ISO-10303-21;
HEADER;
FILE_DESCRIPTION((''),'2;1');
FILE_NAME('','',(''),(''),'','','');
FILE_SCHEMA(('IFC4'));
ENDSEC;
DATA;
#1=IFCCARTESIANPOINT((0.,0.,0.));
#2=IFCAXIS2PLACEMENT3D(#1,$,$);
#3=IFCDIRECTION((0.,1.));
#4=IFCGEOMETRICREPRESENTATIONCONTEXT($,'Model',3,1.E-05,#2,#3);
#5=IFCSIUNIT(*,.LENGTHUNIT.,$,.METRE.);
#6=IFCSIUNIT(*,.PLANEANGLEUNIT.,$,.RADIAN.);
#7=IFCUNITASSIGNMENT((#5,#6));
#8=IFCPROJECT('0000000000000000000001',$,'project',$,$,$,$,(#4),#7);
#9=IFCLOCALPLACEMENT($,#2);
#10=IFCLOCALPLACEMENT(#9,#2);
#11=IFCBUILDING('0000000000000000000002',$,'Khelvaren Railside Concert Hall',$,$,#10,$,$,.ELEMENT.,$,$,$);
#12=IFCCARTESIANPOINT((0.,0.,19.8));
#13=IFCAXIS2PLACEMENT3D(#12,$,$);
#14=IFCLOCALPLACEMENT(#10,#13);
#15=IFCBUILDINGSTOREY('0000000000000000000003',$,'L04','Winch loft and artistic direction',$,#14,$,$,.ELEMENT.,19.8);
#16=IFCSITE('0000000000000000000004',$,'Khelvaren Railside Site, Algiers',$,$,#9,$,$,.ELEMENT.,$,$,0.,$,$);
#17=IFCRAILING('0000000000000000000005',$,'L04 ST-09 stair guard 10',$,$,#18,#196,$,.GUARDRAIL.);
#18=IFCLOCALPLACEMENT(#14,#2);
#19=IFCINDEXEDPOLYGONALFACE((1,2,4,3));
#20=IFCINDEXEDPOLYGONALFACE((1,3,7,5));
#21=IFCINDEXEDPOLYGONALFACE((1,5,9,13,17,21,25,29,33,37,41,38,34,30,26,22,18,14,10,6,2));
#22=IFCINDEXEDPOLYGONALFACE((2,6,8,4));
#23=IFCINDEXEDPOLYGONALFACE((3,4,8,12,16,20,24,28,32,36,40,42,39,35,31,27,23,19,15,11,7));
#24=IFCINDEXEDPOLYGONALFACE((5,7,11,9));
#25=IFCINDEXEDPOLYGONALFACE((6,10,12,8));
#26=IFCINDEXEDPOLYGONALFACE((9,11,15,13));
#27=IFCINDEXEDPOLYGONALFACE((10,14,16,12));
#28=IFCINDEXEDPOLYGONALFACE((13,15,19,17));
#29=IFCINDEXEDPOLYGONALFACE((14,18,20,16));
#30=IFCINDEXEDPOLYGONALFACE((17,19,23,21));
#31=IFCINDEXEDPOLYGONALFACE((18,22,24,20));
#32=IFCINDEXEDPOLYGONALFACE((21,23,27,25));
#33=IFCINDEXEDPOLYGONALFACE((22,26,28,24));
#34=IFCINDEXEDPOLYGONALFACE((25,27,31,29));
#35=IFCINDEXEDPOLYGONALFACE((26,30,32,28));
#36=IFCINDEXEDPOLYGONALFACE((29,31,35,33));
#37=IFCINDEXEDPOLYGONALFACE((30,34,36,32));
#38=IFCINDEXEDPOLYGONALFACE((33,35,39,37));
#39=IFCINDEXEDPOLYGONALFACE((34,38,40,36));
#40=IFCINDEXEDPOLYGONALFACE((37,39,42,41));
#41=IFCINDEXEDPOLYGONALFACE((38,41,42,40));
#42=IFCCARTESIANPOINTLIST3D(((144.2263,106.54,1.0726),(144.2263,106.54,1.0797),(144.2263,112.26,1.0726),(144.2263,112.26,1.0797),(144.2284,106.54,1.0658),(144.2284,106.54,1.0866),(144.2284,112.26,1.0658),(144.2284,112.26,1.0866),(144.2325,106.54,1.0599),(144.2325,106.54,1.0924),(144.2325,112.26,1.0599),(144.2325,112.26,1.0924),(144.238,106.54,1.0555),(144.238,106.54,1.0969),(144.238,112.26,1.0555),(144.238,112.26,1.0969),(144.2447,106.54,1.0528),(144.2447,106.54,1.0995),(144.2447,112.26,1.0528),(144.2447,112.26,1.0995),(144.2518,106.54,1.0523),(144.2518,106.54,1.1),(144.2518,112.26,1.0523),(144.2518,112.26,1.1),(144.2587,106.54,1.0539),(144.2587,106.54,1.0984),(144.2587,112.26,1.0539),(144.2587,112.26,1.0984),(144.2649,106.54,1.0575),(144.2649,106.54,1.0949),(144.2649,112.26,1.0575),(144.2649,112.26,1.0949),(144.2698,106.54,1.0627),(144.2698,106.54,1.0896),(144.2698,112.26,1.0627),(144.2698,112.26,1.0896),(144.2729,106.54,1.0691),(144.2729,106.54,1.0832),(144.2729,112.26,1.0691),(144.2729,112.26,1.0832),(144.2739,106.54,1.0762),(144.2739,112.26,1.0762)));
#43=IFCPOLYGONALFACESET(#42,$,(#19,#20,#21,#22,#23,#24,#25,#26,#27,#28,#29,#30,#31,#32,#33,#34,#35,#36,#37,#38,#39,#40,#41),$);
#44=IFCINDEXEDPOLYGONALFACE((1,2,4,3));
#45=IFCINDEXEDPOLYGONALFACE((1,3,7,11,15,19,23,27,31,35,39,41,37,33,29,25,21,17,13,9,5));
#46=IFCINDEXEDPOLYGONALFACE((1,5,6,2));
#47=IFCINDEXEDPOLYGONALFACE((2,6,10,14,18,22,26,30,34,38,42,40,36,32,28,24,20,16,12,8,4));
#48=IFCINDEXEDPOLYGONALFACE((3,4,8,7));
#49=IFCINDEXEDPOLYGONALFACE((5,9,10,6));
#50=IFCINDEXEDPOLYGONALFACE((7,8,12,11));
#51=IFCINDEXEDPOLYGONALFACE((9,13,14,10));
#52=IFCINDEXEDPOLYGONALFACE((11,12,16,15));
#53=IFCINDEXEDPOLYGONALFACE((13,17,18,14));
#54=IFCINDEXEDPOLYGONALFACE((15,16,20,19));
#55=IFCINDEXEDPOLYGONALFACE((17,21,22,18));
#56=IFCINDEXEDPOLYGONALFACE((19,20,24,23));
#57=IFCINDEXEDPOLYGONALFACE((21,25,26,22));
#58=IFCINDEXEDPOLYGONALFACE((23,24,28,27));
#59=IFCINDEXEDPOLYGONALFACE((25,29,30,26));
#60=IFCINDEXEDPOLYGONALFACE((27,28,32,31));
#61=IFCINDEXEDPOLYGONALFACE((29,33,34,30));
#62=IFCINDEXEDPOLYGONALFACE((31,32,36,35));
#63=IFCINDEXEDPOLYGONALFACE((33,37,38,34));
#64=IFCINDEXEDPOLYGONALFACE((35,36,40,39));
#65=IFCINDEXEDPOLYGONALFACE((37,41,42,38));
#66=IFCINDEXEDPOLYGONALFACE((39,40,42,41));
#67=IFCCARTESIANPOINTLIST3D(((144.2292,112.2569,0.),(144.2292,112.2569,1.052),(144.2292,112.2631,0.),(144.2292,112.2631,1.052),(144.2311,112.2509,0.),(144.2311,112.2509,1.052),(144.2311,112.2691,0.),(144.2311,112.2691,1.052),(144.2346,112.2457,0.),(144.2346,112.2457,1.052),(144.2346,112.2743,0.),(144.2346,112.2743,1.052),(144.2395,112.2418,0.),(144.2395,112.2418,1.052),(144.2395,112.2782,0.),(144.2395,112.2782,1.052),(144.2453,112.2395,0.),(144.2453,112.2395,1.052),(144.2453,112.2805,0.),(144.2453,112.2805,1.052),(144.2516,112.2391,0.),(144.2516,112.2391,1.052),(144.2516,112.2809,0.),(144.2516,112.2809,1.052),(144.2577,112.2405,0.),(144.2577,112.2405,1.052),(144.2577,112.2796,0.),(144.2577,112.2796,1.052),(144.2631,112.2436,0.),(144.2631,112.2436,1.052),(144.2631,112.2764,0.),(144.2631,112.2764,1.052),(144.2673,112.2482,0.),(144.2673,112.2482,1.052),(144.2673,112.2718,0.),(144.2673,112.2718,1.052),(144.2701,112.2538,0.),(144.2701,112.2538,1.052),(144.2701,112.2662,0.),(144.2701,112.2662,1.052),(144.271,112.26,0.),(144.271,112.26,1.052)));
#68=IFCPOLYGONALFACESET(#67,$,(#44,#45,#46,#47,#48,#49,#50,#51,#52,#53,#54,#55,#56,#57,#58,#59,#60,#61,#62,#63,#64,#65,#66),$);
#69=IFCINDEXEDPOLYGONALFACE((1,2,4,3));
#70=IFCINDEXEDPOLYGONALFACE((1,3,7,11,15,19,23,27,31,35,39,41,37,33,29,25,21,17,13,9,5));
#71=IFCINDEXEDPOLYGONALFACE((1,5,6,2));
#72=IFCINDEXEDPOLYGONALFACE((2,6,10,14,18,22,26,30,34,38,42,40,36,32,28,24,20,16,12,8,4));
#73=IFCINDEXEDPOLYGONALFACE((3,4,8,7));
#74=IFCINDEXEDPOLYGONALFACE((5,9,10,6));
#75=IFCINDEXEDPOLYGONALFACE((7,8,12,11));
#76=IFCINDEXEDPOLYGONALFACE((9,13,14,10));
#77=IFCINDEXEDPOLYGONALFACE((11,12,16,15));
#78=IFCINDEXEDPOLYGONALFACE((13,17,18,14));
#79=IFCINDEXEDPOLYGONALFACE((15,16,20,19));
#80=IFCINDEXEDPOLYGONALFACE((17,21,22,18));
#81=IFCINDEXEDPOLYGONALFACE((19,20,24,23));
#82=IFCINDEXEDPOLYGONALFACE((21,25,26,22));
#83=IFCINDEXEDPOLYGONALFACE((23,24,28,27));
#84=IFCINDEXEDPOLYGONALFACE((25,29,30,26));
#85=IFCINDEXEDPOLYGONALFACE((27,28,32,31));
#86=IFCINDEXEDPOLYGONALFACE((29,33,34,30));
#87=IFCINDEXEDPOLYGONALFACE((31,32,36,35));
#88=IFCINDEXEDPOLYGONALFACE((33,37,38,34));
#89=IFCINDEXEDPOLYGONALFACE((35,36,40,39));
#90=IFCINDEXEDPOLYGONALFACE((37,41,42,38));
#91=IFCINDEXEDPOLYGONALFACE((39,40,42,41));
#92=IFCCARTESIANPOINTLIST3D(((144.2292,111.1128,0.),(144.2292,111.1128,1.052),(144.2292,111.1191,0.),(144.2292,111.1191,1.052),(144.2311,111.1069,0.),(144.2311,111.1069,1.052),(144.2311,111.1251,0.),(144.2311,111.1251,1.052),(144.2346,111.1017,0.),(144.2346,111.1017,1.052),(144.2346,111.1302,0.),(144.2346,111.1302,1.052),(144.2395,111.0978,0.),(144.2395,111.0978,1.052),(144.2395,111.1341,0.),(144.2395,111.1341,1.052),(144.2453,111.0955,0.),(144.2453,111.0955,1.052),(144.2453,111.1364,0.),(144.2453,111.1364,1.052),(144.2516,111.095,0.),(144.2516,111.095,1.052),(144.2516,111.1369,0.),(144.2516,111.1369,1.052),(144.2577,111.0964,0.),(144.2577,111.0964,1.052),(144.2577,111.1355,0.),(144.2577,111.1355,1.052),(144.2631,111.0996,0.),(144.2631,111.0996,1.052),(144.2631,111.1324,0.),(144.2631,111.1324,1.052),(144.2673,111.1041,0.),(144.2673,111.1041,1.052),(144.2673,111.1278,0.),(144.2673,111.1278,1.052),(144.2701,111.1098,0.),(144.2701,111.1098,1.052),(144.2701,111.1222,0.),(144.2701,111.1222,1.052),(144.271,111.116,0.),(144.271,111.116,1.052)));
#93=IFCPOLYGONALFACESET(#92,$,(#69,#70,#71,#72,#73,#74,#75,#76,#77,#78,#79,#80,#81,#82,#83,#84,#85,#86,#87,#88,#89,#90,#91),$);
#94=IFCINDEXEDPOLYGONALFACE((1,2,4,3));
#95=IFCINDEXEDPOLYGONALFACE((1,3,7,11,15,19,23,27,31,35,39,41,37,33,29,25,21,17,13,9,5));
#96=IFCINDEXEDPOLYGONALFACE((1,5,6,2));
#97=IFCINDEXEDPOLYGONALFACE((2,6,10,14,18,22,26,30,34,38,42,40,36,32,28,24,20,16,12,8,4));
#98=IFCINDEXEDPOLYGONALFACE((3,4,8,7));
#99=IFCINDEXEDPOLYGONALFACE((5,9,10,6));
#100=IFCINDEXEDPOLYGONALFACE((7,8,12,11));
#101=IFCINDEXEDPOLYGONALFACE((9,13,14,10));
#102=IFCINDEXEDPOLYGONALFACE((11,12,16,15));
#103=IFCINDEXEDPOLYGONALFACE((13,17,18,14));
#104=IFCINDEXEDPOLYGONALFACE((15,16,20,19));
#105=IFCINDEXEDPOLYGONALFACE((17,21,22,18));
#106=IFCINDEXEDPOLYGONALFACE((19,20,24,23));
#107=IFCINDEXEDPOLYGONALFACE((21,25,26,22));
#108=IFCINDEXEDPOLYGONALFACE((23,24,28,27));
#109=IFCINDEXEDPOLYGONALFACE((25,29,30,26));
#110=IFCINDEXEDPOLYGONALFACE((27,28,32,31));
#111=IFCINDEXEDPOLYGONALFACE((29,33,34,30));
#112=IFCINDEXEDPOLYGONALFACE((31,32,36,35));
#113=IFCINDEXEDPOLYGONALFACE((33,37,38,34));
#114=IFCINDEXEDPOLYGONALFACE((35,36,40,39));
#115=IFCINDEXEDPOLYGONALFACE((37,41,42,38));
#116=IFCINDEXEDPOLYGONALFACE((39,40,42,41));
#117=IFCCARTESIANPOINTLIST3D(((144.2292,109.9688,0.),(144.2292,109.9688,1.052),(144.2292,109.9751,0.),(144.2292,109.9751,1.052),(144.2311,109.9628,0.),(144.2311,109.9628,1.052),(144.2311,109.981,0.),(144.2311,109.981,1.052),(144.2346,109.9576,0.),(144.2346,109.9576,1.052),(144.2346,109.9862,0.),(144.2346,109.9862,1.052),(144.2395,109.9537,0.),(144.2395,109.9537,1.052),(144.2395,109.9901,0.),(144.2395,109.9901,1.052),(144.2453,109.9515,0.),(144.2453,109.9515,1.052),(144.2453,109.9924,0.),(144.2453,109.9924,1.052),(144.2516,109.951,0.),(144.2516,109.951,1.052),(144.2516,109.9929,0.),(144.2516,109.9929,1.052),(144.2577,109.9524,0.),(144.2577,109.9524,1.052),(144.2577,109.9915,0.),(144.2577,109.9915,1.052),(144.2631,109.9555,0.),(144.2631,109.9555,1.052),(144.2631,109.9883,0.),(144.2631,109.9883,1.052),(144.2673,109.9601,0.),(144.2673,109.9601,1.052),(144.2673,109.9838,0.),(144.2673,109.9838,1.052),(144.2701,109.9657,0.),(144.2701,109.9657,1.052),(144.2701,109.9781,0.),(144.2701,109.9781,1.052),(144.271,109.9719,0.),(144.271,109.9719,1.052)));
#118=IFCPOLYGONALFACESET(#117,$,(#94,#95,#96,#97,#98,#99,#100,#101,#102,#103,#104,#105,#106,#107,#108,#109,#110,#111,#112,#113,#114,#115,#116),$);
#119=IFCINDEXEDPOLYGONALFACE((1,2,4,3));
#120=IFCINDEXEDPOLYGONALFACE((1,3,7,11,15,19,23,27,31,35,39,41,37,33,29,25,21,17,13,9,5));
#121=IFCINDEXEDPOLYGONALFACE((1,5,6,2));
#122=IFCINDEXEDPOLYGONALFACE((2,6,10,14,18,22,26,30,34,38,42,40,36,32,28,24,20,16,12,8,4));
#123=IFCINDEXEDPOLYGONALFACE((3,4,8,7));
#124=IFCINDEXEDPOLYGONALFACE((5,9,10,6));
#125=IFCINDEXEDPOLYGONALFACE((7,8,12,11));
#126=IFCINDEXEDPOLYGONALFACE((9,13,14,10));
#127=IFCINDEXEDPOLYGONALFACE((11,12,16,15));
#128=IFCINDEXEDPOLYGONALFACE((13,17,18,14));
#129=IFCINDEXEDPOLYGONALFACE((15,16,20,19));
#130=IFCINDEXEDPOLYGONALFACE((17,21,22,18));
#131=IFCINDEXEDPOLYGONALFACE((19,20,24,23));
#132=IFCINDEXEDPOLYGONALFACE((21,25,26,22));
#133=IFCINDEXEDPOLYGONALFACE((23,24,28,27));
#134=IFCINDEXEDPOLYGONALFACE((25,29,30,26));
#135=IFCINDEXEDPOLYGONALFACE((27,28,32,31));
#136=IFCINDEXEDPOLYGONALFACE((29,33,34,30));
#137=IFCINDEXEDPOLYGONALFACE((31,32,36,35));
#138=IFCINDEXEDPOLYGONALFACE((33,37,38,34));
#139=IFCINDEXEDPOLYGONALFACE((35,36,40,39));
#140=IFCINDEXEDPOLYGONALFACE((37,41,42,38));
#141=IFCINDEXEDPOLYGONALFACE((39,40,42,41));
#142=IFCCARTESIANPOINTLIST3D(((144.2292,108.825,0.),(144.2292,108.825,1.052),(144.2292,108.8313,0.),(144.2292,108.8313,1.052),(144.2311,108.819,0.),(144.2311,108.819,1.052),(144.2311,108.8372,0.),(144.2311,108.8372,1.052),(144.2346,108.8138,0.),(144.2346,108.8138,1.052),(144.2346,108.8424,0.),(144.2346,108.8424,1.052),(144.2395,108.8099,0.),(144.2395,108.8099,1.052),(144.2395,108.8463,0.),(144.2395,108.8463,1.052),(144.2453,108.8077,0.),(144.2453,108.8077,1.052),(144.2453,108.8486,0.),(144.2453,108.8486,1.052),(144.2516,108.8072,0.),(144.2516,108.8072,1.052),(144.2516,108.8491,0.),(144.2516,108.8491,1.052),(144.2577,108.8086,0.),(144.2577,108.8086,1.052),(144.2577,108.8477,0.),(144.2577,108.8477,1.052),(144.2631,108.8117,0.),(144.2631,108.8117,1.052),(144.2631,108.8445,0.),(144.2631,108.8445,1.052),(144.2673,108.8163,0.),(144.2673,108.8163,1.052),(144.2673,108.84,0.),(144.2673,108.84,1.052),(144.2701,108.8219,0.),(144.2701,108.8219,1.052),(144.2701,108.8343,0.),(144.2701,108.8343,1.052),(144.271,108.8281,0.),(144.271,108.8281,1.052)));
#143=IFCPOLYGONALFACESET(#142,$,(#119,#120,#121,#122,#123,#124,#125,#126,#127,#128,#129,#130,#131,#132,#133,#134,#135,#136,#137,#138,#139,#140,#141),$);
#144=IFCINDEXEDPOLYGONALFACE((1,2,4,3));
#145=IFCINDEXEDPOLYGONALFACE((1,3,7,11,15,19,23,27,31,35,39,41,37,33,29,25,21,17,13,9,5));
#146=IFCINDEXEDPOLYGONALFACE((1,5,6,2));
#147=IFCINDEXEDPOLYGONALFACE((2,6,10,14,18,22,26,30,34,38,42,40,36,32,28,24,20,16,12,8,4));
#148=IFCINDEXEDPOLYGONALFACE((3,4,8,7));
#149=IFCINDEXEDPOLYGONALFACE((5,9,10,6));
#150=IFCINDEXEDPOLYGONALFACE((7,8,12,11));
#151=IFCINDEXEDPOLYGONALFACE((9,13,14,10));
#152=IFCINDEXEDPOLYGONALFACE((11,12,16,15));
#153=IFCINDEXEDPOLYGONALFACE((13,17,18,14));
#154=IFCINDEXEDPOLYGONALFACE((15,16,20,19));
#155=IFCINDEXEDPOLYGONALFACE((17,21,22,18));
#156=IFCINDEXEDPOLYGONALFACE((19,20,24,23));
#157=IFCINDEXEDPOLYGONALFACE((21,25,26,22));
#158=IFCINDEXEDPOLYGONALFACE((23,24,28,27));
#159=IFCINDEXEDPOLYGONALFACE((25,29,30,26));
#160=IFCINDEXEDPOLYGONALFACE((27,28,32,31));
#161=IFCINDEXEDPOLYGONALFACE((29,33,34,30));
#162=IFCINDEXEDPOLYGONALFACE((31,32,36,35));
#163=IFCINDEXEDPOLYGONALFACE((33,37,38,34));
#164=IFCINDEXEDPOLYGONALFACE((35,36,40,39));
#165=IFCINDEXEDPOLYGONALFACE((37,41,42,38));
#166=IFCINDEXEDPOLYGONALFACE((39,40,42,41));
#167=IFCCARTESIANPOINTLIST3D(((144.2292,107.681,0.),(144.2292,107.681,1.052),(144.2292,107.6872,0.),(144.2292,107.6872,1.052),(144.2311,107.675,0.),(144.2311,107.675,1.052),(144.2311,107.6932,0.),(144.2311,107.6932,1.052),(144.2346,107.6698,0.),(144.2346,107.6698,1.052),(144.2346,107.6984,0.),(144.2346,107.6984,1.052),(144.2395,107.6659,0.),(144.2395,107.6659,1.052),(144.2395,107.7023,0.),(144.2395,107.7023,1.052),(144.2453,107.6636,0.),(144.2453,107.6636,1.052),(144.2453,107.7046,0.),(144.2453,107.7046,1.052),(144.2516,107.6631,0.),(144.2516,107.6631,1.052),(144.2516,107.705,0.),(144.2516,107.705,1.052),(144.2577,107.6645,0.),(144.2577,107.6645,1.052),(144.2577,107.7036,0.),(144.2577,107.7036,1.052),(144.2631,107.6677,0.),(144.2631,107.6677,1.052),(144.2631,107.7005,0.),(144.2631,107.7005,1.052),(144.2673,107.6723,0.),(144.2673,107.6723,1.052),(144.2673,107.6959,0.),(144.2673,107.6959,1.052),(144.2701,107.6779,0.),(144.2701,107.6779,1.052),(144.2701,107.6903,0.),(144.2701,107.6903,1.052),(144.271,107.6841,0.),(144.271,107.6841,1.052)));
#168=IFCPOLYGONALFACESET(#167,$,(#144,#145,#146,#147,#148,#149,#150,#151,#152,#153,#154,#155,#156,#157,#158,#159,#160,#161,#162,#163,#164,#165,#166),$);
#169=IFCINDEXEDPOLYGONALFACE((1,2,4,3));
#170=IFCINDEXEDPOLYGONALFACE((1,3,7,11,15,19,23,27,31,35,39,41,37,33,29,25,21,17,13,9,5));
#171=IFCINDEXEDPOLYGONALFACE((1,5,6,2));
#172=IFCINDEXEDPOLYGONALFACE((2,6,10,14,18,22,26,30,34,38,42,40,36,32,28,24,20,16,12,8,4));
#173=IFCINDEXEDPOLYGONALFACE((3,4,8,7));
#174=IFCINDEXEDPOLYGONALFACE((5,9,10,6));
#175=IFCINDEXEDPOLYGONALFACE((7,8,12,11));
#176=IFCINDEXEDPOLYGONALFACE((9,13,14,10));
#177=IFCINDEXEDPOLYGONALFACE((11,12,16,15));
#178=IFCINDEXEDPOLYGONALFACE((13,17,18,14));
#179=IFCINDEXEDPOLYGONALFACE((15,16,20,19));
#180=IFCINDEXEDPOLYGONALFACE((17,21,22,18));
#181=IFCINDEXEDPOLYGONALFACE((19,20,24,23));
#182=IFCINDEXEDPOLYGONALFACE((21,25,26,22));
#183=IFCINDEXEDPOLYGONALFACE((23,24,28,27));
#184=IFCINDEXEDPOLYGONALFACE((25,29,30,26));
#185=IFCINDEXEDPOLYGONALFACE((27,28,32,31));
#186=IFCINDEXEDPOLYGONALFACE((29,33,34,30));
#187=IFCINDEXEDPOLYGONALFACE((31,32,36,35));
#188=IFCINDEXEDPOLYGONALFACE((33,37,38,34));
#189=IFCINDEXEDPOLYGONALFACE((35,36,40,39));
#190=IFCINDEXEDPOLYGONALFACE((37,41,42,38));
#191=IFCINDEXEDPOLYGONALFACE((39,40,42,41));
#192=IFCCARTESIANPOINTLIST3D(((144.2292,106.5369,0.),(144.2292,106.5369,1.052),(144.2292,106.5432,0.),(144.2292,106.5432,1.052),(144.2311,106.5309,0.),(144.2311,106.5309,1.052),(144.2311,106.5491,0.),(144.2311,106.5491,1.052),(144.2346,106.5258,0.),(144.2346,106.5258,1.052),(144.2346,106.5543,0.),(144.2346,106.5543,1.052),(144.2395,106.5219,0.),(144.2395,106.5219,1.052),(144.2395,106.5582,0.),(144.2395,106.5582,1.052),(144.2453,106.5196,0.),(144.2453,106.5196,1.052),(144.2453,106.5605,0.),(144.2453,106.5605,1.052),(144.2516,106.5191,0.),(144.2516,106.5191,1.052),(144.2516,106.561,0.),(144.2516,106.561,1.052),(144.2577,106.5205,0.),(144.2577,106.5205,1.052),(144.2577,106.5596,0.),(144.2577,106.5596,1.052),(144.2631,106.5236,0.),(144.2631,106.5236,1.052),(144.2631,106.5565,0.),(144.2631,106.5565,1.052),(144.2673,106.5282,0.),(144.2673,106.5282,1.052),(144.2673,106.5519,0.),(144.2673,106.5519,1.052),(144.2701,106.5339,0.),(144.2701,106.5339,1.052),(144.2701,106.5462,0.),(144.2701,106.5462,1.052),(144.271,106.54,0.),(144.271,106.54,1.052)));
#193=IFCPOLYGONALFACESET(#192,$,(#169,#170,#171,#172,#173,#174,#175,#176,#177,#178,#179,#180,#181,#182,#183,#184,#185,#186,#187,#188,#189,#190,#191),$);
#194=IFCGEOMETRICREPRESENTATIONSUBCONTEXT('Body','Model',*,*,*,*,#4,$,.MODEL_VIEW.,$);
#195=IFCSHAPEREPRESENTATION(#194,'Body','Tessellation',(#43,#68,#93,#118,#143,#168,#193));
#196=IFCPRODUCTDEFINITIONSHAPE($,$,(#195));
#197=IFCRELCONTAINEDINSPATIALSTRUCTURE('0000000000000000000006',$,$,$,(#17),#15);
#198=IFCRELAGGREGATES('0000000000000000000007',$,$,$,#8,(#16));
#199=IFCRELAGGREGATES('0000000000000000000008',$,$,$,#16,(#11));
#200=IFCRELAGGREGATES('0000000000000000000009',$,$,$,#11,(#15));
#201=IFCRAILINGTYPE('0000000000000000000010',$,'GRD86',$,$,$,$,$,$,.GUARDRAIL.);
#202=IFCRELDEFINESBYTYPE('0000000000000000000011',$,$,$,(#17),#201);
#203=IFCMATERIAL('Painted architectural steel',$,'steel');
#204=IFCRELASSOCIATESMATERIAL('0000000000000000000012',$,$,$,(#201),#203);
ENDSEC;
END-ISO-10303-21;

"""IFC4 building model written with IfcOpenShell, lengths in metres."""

from ifc_helpers import new_model, si_unit, direction, frame, origin, origin_2d, place, context, subcontext, project, spatial, circle, extrude, material, type_object, element, save


model = new_model("IFC4")

# Units and contexts
model_context = context("Model", 3, precision=1e-05, world=origin(), true_north=direction((0.0, 1.0)))
body_context = subcontext(model_context, "Body", "Model", "MODEL_VIEW")
ifc_project = project(units=[si_unit("LENGTHUNIT", "METRE"), si_unit("PLANEANGLEUNIT", "RADIAN")], contexts=[model_context])

# Site, building, storey
site_placement = place(None, origin())
site = spatial("IfcSite", under=ifc_project, at=site_placement, Name="Khelvaren Railside Site, Algiers", CompositionType="ELEMENT", RefElevation=0.0)
building_placement = place(site_placement, origin())
building = spatial("IfcBuilding", under=site, at=building_placement, Name="Khelvaren Railside Concert Hall", CompositionType="ELEMENT")
storey_placement = place(building_placement, frame((0.0, 0.0, 19.8)))
storey = spatial("IfcBuildingStorey", under=building, at=storey_placement, Name="L04", Description="Winch loft and artistic direction", CompositionType="ELEMENT", Elevation=19.8)

# Railing
ifc_material_1 = material(Name="Painted architectural steel", Category="steel")
railing_type_1 = type_object("IfcRailingType", Name="GRD86", PredefinedType="GUARDRAIL", material=ifc_material_1)
for number, where, name in (
    (1, (144.25, 112.26, 0.0), "L04 ST-09 stair guard 10"),
):
    element("IfcRailing", number, at=place(storey_placement, frame(where)), inside=storey, type_object=railing_type_1, Name=name, PredefinedType="GUARDRAIL", context=body_context, shape_type="SweptSolid", body=[
        extrude(circle(Radius=0.0239, at=origin_2d()), frame((0.0, 0.0, 1.0762), z_axis=(0.0, -1.0, 0.0), x_axis=(1.0, 0.0, 0.0)), (0.0, 0.0, 1.0), 5.72),
        extrude(circle(Radius=0.021, at=origin_2d()), origin(), (0.0, 0.0, 1.0), 1.052),
        extrude(circle(Radius=0.021, at=origin_2d()), frame((0.0, -1.144, 0.0)), (0.0, 0.0, 1.0), 1.052),
        extrude(circle(Radius=0.021, at=origin_2d()), frame((0.0, -2.2881, 0.0)), (0.0, 0.0, 1.0), 1.052),
        extrude(circle(Radius=0.021, at=origin_2d()), frame((0.0, -3.4319, 0.0)), (0.0, 0.0, 1.0), 1.052),
        extrude(circle(Radius=0.021, at=origin_2d()), frame((0.0, -4.5759, 0.0)), (0.0, 0.0, 1.0), 1.052),
        extrude(circle(Radius=0.021, at=origin_2d()), frame((0.0, -5.72, 0.0)), (0.0, 0.0, 1.0), 1.052),
    ])

save(model, "model.ifc")
